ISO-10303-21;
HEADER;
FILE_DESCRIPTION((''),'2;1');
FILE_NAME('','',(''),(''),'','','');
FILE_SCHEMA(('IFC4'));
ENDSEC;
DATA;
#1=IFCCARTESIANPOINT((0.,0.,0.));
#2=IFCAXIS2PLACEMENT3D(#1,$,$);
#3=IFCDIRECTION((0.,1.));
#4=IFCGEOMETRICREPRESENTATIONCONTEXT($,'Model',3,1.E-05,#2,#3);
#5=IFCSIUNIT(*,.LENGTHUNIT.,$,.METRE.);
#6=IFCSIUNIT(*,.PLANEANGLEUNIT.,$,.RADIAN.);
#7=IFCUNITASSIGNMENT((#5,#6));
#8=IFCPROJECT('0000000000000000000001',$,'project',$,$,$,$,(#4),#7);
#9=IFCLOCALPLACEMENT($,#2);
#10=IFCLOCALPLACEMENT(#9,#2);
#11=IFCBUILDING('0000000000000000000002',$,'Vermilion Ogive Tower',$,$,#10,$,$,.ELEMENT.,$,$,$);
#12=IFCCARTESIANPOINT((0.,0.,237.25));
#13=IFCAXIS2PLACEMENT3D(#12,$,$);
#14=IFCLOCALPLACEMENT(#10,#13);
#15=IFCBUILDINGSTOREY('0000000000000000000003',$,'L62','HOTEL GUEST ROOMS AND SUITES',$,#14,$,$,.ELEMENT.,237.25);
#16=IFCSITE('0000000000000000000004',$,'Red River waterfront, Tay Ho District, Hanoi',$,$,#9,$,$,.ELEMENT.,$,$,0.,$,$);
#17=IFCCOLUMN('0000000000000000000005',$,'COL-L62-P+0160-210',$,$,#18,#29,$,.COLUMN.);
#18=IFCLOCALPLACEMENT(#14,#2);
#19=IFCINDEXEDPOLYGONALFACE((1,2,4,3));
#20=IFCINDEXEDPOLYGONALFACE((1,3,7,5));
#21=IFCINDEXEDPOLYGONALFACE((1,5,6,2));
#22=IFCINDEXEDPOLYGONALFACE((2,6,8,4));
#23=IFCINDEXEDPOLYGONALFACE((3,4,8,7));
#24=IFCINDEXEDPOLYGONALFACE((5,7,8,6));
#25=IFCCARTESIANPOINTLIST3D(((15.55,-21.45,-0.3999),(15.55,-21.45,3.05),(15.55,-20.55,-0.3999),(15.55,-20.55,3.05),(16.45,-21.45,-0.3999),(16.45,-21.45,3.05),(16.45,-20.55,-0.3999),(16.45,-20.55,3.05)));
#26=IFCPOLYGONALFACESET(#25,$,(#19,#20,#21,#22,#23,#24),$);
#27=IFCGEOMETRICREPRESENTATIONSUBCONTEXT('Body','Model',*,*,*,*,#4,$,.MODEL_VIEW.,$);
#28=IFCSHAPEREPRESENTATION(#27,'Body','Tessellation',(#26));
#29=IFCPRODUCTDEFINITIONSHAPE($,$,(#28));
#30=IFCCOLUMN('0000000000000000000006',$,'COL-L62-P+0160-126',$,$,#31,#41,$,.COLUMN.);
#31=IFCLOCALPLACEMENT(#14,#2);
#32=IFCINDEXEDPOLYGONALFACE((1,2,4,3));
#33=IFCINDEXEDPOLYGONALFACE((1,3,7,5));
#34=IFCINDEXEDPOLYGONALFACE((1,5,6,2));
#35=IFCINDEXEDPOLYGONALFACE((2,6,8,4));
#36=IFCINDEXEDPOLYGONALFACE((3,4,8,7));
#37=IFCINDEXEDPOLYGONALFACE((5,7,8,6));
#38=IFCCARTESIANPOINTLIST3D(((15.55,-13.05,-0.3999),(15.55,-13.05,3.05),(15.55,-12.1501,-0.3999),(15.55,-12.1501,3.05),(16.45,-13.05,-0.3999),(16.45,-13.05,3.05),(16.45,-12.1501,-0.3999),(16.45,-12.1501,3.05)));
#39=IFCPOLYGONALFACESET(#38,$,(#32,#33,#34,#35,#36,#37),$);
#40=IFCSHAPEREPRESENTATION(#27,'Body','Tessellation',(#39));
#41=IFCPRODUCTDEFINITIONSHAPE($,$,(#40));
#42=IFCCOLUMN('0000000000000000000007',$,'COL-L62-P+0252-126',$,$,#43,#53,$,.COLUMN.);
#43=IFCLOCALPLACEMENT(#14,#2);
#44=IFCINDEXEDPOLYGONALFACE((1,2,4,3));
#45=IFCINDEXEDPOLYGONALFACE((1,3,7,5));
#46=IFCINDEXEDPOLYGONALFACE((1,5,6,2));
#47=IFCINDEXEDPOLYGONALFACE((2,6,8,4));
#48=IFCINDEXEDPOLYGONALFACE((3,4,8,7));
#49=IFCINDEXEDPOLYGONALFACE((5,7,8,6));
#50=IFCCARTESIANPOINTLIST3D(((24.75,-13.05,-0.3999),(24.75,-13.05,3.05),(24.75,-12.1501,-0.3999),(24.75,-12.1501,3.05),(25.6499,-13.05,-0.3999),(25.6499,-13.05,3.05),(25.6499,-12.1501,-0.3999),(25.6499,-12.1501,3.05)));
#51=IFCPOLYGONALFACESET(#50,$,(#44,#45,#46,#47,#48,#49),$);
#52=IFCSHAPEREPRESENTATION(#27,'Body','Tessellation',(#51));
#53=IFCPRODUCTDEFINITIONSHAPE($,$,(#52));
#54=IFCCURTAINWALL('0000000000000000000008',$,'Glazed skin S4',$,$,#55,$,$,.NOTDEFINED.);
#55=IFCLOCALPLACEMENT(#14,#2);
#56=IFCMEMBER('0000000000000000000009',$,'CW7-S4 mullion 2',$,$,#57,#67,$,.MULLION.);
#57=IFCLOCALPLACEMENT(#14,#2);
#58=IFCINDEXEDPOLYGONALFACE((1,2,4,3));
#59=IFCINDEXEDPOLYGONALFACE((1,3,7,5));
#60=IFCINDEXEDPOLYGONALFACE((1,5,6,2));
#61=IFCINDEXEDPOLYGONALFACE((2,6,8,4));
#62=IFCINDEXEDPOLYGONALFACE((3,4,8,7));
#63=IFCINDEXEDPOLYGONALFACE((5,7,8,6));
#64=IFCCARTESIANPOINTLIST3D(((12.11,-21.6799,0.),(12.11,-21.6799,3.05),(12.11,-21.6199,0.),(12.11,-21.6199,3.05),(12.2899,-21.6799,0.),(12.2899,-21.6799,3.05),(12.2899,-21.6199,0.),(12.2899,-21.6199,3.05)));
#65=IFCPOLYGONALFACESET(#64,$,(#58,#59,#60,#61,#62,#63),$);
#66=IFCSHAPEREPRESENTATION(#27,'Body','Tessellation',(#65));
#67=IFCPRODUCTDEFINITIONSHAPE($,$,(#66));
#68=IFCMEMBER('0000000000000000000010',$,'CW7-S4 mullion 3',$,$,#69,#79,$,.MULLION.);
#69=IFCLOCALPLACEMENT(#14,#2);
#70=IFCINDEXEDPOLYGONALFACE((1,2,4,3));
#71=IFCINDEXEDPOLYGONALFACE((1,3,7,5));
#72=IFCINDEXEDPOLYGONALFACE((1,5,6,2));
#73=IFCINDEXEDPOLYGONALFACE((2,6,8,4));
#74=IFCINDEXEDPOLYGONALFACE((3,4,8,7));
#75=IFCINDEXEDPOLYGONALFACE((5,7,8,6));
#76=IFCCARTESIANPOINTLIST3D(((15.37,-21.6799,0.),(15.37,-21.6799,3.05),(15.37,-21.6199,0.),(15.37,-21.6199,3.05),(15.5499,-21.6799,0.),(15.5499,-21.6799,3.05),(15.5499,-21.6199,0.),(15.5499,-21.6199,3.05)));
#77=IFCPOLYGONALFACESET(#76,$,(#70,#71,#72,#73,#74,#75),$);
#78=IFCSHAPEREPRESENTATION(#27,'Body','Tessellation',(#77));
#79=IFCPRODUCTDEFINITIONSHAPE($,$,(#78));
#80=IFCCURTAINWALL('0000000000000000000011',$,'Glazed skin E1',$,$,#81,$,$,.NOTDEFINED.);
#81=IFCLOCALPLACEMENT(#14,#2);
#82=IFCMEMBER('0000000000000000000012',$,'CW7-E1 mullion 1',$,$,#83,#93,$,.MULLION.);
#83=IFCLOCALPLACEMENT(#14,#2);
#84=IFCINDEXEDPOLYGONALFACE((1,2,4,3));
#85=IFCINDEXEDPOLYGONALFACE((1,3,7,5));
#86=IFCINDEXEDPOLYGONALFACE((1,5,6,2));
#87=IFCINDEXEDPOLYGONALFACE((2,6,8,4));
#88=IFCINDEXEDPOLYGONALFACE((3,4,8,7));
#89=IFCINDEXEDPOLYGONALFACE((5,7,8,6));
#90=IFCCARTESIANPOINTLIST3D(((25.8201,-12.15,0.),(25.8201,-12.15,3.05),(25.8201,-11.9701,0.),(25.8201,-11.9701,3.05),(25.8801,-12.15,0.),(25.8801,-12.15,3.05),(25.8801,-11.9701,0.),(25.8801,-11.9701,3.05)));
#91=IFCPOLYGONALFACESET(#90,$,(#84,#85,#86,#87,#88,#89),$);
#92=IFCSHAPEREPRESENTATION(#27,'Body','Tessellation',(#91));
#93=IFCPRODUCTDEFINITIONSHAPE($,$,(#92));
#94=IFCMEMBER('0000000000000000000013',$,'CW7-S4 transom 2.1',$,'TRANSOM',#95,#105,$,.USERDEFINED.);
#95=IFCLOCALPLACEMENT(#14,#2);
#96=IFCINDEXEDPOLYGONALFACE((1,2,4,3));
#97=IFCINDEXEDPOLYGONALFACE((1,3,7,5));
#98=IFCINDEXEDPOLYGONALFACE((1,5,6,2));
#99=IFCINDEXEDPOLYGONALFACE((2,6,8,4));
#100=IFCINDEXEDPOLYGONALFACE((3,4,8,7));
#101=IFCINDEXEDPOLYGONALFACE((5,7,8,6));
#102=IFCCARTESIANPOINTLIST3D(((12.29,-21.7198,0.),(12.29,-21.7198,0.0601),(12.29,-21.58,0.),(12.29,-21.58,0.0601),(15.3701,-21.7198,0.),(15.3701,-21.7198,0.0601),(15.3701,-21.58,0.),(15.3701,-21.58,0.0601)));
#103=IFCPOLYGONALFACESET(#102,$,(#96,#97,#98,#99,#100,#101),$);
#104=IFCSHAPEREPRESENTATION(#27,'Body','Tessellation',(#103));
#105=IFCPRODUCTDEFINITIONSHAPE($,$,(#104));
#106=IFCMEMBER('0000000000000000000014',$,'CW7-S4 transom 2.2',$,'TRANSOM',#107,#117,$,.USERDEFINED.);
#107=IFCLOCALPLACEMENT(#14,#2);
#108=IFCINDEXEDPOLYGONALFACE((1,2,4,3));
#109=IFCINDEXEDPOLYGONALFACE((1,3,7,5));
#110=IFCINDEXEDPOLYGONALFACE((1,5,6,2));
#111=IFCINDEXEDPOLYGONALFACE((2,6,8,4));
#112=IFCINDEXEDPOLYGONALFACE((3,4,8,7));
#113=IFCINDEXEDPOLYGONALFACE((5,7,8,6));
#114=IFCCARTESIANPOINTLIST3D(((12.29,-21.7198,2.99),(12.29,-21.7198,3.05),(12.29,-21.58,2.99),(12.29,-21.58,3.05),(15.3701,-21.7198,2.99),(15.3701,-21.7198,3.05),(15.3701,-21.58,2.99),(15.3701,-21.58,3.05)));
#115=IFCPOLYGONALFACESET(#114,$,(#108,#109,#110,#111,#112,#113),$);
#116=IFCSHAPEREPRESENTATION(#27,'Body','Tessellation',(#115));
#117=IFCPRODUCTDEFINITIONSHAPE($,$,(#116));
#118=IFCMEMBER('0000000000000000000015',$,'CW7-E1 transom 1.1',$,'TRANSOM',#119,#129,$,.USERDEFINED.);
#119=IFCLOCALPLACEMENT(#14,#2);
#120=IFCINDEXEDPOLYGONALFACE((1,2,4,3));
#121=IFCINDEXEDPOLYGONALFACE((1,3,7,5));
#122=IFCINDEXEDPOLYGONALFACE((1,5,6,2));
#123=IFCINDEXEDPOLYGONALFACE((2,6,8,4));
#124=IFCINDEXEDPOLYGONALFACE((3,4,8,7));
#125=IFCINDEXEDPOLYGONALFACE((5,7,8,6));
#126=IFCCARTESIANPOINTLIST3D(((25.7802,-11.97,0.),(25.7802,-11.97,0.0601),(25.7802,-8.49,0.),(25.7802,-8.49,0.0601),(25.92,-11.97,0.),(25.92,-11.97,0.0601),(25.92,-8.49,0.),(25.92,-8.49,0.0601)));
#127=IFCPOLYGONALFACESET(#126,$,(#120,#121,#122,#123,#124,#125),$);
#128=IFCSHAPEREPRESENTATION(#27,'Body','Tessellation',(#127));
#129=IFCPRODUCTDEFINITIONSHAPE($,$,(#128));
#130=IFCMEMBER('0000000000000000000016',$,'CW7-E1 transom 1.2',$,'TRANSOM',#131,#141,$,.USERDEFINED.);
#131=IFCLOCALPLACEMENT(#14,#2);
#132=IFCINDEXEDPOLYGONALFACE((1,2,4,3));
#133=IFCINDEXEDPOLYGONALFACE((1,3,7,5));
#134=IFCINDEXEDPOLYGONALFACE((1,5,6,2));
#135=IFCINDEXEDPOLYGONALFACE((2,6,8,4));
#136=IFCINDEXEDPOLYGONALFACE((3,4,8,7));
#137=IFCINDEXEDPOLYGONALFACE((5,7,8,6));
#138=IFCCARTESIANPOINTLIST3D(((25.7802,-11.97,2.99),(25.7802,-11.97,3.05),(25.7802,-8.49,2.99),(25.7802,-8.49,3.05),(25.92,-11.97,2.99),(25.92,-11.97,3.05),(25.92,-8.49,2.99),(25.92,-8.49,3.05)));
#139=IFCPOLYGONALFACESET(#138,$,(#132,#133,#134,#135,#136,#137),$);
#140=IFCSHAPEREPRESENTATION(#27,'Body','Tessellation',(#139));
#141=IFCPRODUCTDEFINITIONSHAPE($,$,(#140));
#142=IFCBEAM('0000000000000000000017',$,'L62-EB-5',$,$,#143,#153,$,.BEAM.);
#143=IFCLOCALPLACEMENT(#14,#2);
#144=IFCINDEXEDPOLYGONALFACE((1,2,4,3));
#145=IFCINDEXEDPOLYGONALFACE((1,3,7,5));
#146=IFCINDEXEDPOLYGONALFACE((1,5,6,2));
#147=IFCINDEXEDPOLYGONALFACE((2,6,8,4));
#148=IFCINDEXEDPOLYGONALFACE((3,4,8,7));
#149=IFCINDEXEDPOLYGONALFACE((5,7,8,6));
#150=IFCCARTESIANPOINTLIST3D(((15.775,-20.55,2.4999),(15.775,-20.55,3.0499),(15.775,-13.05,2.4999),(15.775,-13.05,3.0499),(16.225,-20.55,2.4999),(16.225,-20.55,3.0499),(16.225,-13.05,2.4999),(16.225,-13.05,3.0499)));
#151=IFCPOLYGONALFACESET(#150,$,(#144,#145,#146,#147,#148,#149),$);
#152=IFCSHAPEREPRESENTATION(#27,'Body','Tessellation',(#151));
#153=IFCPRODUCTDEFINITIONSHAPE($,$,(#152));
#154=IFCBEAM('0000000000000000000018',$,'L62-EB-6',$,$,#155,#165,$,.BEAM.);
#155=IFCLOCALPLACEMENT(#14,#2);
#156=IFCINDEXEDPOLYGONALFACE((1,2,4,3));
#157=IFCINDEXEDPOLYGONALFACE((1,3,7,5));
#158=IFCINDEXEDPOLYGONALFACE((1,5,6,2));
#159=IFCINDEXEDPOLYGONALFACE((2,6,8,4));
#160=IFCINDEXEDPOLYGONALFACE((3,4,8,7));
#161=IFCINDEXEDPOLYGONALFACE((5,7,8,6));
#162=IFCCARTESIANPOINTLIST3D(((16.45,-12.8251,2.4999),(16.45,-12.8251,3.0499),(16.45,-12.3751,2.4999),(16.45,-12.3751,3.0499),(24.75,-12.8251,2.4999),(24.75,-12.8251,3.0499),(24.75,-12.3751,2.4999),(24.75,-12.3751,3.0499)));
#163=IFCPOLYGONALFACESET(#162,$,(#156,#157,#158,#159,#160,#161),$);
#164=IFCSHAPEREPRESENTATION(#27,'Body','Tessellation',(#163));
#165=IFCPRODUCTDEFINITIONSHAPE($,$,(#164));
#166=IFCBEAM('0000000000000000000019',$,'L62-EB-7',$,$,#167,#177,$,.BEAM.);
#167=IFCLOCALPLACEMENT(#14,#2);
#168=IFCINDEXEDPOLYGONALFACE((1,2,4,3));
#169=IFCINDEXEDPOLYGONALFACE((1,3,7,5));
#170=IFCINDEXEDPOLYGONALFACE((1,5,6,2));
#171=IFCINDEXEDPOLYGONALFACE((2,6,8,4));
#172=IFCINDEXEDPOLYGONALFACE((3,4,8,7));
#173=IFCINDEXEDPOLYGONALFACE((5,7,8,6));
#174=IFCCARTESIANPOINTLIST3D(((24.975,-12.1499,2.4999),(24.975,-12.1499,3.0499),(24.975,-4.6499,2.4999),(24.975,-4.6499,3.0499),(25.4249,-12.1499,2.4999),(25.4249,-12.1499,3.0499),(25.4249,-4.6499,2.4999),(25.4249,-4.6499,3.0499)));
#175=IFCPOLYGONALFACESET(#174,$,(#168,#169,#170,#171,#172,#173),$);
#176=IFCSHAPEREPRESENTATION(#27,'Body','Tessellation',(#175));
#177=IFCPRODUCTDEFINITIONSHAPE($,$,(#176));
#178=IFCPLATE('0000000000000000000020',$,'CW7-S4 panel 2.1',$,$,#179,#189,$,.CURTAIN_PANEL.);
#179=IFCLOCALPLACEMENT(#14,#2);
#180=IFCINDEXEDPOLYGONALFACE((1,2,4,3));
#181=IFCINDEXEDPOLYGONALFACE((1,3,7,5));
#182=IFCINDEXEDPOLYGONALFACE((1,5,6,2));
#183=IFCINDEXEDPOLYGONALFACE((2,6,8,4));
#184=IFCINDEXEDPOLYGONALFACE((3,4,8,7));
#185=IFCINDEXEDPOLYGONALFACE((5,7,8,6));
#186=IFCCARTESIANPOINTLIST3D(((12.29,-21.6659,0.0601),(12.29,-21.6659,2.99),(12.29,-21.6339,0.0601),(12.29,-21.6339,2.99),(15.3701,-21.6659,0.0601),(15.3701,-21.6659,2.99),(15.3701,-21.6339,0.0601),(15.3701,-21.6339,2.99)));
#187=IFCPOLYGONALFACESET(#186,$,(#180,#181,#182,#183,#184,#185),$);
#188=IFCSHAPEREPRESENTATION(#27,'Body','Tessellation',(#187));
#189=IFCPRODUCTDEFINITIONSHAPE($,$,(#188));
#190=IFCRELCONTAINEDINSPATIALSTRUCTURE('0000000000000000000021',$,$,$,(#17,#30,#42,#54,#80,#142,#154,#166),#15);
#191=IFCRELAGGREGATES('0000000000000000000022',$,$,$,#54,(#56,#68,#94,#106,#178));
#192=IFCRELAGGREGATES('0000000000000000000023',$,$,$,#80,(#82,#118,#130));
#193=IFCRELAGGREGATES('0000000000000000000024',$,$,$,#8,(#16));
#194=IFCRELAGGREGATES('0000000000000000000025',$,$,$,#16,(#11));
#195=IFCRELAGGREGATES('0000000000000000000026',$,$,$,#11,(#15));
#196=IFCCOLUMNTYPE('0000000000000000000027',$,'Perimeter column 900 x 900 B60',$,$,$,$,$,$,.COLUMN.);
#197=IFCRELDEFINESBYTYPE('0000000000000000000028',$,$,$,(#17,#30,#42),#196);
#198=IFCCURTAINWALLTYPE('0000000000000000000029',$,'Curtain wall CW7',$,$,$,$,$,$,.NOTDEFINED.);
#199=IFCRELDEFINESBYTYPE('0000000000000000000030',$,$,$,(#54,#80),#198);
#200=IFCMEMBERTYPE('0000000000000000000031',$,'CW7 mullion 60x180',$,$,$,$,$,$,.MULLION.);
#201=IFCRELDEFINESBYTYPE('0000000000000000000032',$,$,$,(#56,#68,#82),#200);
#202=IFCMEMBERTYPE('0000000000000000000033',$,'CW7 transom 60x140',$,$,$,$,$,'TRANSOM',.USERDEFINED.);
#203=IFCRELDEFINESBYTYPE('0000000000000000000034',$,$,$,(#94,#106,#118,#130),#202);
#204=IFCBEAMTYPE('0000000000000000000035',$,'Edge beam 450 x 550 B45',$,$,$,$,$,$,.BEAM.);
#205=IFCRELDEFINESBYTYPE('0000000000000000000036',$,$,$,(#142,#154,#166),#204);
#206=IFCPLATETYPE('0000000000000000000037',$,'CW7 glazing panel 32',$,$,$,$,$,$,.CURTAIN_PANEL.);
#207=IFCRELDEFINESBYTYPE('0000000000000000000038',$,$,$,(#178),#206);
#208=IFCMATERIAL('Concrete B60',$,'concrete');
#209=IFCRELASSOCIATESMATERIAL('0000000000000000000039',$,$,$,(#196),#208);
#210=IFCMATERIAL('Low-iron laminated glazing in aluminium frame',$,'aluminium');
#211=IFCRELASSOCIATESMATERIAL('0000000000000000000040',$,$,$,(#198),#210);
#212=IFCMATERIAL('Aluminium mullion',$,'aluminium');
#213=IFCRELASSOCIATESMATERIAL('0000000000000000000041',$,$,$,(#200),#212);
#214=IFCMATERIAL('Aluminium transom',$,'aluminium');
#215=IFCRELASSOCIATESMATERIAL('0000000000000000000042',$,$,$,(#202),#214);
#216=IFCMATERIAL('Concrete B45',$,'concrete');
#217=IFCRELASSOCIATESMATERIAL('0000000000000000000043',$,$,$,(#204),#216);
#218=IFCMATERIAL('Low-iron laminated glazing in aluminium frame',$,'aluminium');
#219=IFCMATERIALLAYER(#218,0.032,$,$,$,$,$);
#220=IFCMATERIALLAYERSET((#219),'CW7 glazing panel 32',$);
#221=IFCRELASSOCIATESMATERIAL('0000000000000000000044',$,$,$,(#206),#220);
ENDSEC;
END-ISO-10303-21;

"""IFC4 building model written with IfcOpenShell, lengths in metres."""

from ifc_helpers import new_model, si_unit, direction, frame, origin, origin_2d, place, context, subcontext, project, spatial, rectangle, extrude, material, layer, layer_set, material_profile, profile_set, type_object, element, aggregate, save


model = new_model("IFC4")

# Units and contexts
model_context = context("Model", 3, precision=1e-05, world=origin(), true_north=direction((0.0, 1.0)))
body_context = subcontext(model_context, "Body", "Model", "MODEL_VIEW")
ifc_project = project(units=[si_unit("LENGTHUNIT", "METRE"), si_unit("PLANEANGLEUNIT", "RADIAN")], contexts=[model_context])

# Site, building, storey
site_placement = place(None, origin())
site = spatial("IfcSite", under=ifc_project, at=site_placement, Name="Red River waterfront, Tay Ho District, Hanoi", CompositionType="ELEMENT", RefElevation=0.0)
building_placement = place(site_placement, origin())
building = spatial("IfcBuilding", under=site, at=building_placement, Name="Vermilion Ogive Tower", CompositionType="ELEMENT")
storey_placement = place(building_placement, frame((0.0, 0.0, 237.25)))
storey = spatial("IfcBuildingStorey", under=building, at=storey_placement, Name="L62", Description="HOTEL GUEST ROOMS AND SUITES", CompositionType="ELEMENT", Elevation=237.25)

# Columns
ifc_material_1 = material(Name="Concrete B60", Category="concrete")
ifc_material_profile_1 = material_profile(ifc_material_1, rectangle(XDim=0.8999, YDim=0.8999, at=origin_2d()), Name="900 x 900")
ifc_profile_set_1 = profile_set([ifc_material_profile_1], Name="Concrete B60")
column_type = type_object("IfcColumnType", Name="Perimeter column 900 x 900 B60", PredefinedType="COLUMN", material=ifc_profile_set_1)
for number, where, z_axis, x_axis, name in (
    (1, (16.0, -21.0, -0.3999), (0.0, 0.0, 1.0), (1.0, 0.0, 0.0), "COL-L62-P+0160-210"),
    (2, (16.0, -12.6001, -0.3999), (0.0, 0.0, 1.0), (1.0, 0.0, 0.0), "COL-L62-P+0160-126"),
    (3, (25.2, -12.6001, -0.3999), (0.0, 0.0, 1.0), (1.0, 0.0, 0.0), "COL-L62-P+0252-126"),
):
    element("IfcColumn", number, at=place(storey_placement, frame(where, z_axis=z_axis, x_axis=x_axis)), inside=storey, type_object=column_type, Name=name, PredefinedType="COLUMN", context=body_context, shape_type="SweptSolid", body=[
        extrude(rectangle(XDim=0.8999, YDim=0.8999, at=origin_2d()), origin(), (0.0, 0.0, 1.0), 3.45),
    ])

# Curtain wall, members
ifc_material_2 = material(Name="Low-iron laminated glazing in aluminium frame", Category="aluminium")
curtain_wall_type = type_object("IfcCurtainWallType", Name="Curtain wall CW7", PredefinedType="NOTDEFINED", material=ifc_material_2)
curtain_wall_1_placement = place(storey_placement, origin())
curtain_wall_1 = element("IfcCurtainWall", 4, at=curtain_wall_1_placement, inside=storey, type_object=curtain_wall_type, Name="Glazed skin S4", PredefinedType="NOTDEFINED")
ifc_material_3 = material(Name="Aluminium mullion", Category="aluminium")
ifc_material_profile_2 = material_profile(ifc_material_3, rectangle(XDim=0.0601, YDim=0.1799, at=origin_2d()), Name="AL 60x180")
ifc_profile_set_2 = profile_set([ifc_material_profile_2], Name="Aluminium mullion")
member_type_1 = type_object("IfcMemberType", Name="CW7 mullion 60x180", PredefinedType="MULLION", material=ifc_profile_set_2)
member_1_placement = place(storey_placement, frame((12.2, -21.6499, 0.0), z_axis=(0.0, 0.0, 1.0), x_axis=(0.0, 1.0, 0.0)))
member_1 = element("IfcMember", 5, at=member_1_placement, type_object=member_type_1, Name="CW7-S4 mullion 2", PredefinedType="MULLION", context=body_context, shape_type="SweptSolid", body=[
    extrude(rectangle(XDim=0.0601, YDim=0.1799, at=origin_2d()), origin(), (0.0, 0.0, 1.0), 3.05),
])
member_2_placement = place(storey_placement, frame((15.46, -21.6499, 0.0), z_axis=(0.0, 0.0, 1.0), x_axis=(0.0, 1.0, 0.0)))
member_2 = element("IfcMember", 6, at=member_2_placement, type_object=member_type_1, Name="CW7-S4 mullion 3", PredefinedType="MULLION", context=body_context, shape_type="SweptSolid", body=[
    extrude(rectangle(XDim=0.0601, YDim=0.1799, at=origin_2d()), origin(), (0.0, 0.0, 1.0), 3.05),
])

# Curtain wall, member
curtain_wall_2_placement = place(storey_placement, origin())
curtain_wall_2 = element("IfcCurtainWall", 7, at=curtain_wall_2_placement, inside=storey, type_object=curtain_wall_type, Name="Glazed skin E1", PredefinedType="NOTDEFINED")
member_3_placement = place(storey_placement, frame((25.8501, -12.0601, 0.0), z_axis=(0.0, 0.0, 1.0), x_axis=(-1.0, 0.0, 0.0)))
member_3 = element("IfcMember", 8, at=member_3_placement, type_object=member_type_1, Name="CW7-E1 mullion 1", PredefinedType="MULLION", context=body_context, shape_type="SweptSolid", body=[
    extrude(rectangle(XDim=0.0601, YDim=0.1799, at=origin_2d()), origin(), (0.0, 0.0, 1.0), 3.05),
])

# Members
ifc_material_4 = material(Name="Aluminium transom", Category="aluminium")
ifc_material_profile_3 = material_profile(ifc_material_4, rectangle(XDim=0.1399, YDim=0.0601, at=origin_2d()), Name="AL 60x140")
ifc_profile_set_3 = profile_set([ifc_material_profile_3], Name="Aluminium transom")
member_type_2 = type_object("IfcMemberType", Name="CW7 transom 60x140", ElementType="TRANSOM", PredefinedType="USERDEFINED", material=ifc_profile_set_3)
member_4_placement = place(storey_placement, frame((12.29, -21.6499, 0.03), z_axis=(1.0, 0.0, 0.0), x_axis=(0.0, 1.0, 0.0)))
member_4 = element("IfcMember", 9, at=member_4_placement, type_object=member_type_2, Name="CW7-S4 transom 2.1", ObjectType="TRANSOM", PredefinedType="USERDEFINED", context=body_context, shape_type="SweptSolid", body=[
    extrude(rectangle(XDim=0.1399, YDim=0.0601, at=origin_2d()), origin(), (0.0, 0.0, 1.0), 3.0801),
])
member_5_placement = place(storey_placement, frame((12.29, -21.6499, 3.02), z_axis=(1.0, 0.0, 0.0), x_axis=(0.0, 1.0, 0.0)))
member_5 = element("IfcMember", 10, at=member_5_placement, type_object=member_type_2, Name="CW7-S4 transom 2.2", ObjectType="TRANSOM", PredefinedType="USERDEFINED", context=body_context, shape_type="SweptSolid", body=[
    extrude(rectangle(XDim=0.1399, YDim=0.0601, at=origin_2d()), origin(), (0.0, 0.0, 1.0), 3.0801),
])
member_6_placement = place(storey_placement, frame((25.8501, -11.97, 0.03), z_axis=(0.0, 1.0, 0.0), x_axis=(-1.0, 0.0, 0.0)))
member_6 = element("IfcMember", 11, at=member_6_placement, type_object=member_type_2, Name="CW7-E1 transom 1.1", ObjectType="TRANSOM", PredefinedType="USERDEFINED", context=body_context, shape_type="SweptSolid", body=[
    extrude(rectangle(XDim=0.1399, YDim=0.0601, at=origin_2d()), origin(), (0.0, 0.0, 1.0), 3.48),
])
member_7_placement = place(storey_placement, frame((25.8501, -11.97, 3.02), z_axis=(0.0, 1.0, 0.0), x_axis=(-1.0, 0.0, 0.0)))
member_7 = element("IfcMember", 12, at=member_7_placement, type_object=member_type_2, Name="CW7-E1 transom 1.2", ObjectType="TRANSOM", PredefinedType="USERDEFINED", context=body_context, shape_type="SweptSolid", body=[
    extrude(rectangle(XDim=0.1399, YDim=0.0601, at=origin_2d()), origin(), (0.0, 0.0, 1.0), 3.48),
])

# Beams
ifc_material_5 = material(Name="Concrete B45", Category="concrete")
ifc_material_profile_4 = material_profile(ifc_material_5, rectangle(XDim=0.45, YDim=0.55, at=origin_2d()), Name="450 x 550")
ifc_profile_set_4 = profile_set([ifc_material_profile_4], Name="Concrete B45")
beam_type = type_object("IfcBeamType", Name="Edge beam 450 x 550 B45", PredefinedType="BEAM", material=ifc_profile_set_4)
beam_1_placement = place(storey_placement, frame((16.0, -20.55, 2.7749), z_axis=(0.0, 1.0, 0.0), x_axis=(-1.0, 0.0, 0.0)))
element("IfcBeam", 13, at=beam_1_placement, inside=storey, type_object=beam_type, Name="L62-EB-5", PredefinedType="BEAM", context=body_context, shape_type="SweptSolid", body=[
    extrude(rectangle(XDim=0.45, YDim=0.55, at=origin_2d()), origin(), (0.0, 0.0, 1.0), 7.5),
])
beam_2_placement = place(storey_placement, frame((16.45, -12.6001, 2.7749), z_axis=(1.0, 0.0, 0.0), x_axis=(0.0, 1.0, 0.0)))
element("IfcBeam", 14, at=beam_2_placement, inside=storey, type_object=beam_type, Name="L62-EB-6", PredefinedType="BEAM", context=body_context, shape_type="SweptSolid", body=[
    extrude(rectangle(XDim=0.45, YDim=0.55, at=origin_2d()), origin(), (0.0, 0.0, 1.0), 8.3),
])
beam_3_placement = place(storey_placement, frame((25.2, -12.1499, 2.7749), z_axis=(0.0, 1.0, 0.0), x_axis=(-1.0, 0.0, 0.0)))
element("IfcBeam", 15, at=beam_3_placement, inside=storey, type_object=beam_type, Name="L62-EB-7", PredefinedType="BEAM", context=body_context, shape_type="SweptSolid", body=[
    extrude(rectangle(XDim=0.45, YDim=0.55, at=origin_2d()), origin(), (0.0, 0.0, 1.0), 7.5),
])

# Plate
ifc_material_6 = material(Name="Low-iron laminated glazing in aluminium frame", Category="aluminium")
ifc_layer_1 = layer(ifc_material_6, 0.032)
ifc_layer_set_1 = layer_set([ifc_layer_1], Name="CW7 glazing panel 32")
plate_type = type_object("IfcPlateType", Name="CW7 glazing panel 32", PredefinedType="CURTAIN_PANEL", material=ifc_layer_set_1)
plate_1_placement = place(storey_placement, frame((13.8301, -21.6499, 0.0601), z_axis=(0.0, 0.0, 1.0), x_axis=(1.0, 0.0, 0.0)))
plate_1 = element("IfcPlate", 16, at=plate_1_placement, type_object=plate_type, Name="CW7-S4 panel 2.1", PredefinedType="CURTAIN_PANEL", context=body_context, shape_type="SweptSolid", body=[
    extrude(rectangle(XDim=3.0801, YDim=0.032, at=origin_2d()), origin(), (0.0, 0.0, 1.0), 2.9299),
])
aggregate(curtain_wall_1, [member_1, member_2, member_4, member_5, plate_1])
aggregate(curtain_wall_2, [member_3, member_6, member_7])

save(model, "model.ifc")
